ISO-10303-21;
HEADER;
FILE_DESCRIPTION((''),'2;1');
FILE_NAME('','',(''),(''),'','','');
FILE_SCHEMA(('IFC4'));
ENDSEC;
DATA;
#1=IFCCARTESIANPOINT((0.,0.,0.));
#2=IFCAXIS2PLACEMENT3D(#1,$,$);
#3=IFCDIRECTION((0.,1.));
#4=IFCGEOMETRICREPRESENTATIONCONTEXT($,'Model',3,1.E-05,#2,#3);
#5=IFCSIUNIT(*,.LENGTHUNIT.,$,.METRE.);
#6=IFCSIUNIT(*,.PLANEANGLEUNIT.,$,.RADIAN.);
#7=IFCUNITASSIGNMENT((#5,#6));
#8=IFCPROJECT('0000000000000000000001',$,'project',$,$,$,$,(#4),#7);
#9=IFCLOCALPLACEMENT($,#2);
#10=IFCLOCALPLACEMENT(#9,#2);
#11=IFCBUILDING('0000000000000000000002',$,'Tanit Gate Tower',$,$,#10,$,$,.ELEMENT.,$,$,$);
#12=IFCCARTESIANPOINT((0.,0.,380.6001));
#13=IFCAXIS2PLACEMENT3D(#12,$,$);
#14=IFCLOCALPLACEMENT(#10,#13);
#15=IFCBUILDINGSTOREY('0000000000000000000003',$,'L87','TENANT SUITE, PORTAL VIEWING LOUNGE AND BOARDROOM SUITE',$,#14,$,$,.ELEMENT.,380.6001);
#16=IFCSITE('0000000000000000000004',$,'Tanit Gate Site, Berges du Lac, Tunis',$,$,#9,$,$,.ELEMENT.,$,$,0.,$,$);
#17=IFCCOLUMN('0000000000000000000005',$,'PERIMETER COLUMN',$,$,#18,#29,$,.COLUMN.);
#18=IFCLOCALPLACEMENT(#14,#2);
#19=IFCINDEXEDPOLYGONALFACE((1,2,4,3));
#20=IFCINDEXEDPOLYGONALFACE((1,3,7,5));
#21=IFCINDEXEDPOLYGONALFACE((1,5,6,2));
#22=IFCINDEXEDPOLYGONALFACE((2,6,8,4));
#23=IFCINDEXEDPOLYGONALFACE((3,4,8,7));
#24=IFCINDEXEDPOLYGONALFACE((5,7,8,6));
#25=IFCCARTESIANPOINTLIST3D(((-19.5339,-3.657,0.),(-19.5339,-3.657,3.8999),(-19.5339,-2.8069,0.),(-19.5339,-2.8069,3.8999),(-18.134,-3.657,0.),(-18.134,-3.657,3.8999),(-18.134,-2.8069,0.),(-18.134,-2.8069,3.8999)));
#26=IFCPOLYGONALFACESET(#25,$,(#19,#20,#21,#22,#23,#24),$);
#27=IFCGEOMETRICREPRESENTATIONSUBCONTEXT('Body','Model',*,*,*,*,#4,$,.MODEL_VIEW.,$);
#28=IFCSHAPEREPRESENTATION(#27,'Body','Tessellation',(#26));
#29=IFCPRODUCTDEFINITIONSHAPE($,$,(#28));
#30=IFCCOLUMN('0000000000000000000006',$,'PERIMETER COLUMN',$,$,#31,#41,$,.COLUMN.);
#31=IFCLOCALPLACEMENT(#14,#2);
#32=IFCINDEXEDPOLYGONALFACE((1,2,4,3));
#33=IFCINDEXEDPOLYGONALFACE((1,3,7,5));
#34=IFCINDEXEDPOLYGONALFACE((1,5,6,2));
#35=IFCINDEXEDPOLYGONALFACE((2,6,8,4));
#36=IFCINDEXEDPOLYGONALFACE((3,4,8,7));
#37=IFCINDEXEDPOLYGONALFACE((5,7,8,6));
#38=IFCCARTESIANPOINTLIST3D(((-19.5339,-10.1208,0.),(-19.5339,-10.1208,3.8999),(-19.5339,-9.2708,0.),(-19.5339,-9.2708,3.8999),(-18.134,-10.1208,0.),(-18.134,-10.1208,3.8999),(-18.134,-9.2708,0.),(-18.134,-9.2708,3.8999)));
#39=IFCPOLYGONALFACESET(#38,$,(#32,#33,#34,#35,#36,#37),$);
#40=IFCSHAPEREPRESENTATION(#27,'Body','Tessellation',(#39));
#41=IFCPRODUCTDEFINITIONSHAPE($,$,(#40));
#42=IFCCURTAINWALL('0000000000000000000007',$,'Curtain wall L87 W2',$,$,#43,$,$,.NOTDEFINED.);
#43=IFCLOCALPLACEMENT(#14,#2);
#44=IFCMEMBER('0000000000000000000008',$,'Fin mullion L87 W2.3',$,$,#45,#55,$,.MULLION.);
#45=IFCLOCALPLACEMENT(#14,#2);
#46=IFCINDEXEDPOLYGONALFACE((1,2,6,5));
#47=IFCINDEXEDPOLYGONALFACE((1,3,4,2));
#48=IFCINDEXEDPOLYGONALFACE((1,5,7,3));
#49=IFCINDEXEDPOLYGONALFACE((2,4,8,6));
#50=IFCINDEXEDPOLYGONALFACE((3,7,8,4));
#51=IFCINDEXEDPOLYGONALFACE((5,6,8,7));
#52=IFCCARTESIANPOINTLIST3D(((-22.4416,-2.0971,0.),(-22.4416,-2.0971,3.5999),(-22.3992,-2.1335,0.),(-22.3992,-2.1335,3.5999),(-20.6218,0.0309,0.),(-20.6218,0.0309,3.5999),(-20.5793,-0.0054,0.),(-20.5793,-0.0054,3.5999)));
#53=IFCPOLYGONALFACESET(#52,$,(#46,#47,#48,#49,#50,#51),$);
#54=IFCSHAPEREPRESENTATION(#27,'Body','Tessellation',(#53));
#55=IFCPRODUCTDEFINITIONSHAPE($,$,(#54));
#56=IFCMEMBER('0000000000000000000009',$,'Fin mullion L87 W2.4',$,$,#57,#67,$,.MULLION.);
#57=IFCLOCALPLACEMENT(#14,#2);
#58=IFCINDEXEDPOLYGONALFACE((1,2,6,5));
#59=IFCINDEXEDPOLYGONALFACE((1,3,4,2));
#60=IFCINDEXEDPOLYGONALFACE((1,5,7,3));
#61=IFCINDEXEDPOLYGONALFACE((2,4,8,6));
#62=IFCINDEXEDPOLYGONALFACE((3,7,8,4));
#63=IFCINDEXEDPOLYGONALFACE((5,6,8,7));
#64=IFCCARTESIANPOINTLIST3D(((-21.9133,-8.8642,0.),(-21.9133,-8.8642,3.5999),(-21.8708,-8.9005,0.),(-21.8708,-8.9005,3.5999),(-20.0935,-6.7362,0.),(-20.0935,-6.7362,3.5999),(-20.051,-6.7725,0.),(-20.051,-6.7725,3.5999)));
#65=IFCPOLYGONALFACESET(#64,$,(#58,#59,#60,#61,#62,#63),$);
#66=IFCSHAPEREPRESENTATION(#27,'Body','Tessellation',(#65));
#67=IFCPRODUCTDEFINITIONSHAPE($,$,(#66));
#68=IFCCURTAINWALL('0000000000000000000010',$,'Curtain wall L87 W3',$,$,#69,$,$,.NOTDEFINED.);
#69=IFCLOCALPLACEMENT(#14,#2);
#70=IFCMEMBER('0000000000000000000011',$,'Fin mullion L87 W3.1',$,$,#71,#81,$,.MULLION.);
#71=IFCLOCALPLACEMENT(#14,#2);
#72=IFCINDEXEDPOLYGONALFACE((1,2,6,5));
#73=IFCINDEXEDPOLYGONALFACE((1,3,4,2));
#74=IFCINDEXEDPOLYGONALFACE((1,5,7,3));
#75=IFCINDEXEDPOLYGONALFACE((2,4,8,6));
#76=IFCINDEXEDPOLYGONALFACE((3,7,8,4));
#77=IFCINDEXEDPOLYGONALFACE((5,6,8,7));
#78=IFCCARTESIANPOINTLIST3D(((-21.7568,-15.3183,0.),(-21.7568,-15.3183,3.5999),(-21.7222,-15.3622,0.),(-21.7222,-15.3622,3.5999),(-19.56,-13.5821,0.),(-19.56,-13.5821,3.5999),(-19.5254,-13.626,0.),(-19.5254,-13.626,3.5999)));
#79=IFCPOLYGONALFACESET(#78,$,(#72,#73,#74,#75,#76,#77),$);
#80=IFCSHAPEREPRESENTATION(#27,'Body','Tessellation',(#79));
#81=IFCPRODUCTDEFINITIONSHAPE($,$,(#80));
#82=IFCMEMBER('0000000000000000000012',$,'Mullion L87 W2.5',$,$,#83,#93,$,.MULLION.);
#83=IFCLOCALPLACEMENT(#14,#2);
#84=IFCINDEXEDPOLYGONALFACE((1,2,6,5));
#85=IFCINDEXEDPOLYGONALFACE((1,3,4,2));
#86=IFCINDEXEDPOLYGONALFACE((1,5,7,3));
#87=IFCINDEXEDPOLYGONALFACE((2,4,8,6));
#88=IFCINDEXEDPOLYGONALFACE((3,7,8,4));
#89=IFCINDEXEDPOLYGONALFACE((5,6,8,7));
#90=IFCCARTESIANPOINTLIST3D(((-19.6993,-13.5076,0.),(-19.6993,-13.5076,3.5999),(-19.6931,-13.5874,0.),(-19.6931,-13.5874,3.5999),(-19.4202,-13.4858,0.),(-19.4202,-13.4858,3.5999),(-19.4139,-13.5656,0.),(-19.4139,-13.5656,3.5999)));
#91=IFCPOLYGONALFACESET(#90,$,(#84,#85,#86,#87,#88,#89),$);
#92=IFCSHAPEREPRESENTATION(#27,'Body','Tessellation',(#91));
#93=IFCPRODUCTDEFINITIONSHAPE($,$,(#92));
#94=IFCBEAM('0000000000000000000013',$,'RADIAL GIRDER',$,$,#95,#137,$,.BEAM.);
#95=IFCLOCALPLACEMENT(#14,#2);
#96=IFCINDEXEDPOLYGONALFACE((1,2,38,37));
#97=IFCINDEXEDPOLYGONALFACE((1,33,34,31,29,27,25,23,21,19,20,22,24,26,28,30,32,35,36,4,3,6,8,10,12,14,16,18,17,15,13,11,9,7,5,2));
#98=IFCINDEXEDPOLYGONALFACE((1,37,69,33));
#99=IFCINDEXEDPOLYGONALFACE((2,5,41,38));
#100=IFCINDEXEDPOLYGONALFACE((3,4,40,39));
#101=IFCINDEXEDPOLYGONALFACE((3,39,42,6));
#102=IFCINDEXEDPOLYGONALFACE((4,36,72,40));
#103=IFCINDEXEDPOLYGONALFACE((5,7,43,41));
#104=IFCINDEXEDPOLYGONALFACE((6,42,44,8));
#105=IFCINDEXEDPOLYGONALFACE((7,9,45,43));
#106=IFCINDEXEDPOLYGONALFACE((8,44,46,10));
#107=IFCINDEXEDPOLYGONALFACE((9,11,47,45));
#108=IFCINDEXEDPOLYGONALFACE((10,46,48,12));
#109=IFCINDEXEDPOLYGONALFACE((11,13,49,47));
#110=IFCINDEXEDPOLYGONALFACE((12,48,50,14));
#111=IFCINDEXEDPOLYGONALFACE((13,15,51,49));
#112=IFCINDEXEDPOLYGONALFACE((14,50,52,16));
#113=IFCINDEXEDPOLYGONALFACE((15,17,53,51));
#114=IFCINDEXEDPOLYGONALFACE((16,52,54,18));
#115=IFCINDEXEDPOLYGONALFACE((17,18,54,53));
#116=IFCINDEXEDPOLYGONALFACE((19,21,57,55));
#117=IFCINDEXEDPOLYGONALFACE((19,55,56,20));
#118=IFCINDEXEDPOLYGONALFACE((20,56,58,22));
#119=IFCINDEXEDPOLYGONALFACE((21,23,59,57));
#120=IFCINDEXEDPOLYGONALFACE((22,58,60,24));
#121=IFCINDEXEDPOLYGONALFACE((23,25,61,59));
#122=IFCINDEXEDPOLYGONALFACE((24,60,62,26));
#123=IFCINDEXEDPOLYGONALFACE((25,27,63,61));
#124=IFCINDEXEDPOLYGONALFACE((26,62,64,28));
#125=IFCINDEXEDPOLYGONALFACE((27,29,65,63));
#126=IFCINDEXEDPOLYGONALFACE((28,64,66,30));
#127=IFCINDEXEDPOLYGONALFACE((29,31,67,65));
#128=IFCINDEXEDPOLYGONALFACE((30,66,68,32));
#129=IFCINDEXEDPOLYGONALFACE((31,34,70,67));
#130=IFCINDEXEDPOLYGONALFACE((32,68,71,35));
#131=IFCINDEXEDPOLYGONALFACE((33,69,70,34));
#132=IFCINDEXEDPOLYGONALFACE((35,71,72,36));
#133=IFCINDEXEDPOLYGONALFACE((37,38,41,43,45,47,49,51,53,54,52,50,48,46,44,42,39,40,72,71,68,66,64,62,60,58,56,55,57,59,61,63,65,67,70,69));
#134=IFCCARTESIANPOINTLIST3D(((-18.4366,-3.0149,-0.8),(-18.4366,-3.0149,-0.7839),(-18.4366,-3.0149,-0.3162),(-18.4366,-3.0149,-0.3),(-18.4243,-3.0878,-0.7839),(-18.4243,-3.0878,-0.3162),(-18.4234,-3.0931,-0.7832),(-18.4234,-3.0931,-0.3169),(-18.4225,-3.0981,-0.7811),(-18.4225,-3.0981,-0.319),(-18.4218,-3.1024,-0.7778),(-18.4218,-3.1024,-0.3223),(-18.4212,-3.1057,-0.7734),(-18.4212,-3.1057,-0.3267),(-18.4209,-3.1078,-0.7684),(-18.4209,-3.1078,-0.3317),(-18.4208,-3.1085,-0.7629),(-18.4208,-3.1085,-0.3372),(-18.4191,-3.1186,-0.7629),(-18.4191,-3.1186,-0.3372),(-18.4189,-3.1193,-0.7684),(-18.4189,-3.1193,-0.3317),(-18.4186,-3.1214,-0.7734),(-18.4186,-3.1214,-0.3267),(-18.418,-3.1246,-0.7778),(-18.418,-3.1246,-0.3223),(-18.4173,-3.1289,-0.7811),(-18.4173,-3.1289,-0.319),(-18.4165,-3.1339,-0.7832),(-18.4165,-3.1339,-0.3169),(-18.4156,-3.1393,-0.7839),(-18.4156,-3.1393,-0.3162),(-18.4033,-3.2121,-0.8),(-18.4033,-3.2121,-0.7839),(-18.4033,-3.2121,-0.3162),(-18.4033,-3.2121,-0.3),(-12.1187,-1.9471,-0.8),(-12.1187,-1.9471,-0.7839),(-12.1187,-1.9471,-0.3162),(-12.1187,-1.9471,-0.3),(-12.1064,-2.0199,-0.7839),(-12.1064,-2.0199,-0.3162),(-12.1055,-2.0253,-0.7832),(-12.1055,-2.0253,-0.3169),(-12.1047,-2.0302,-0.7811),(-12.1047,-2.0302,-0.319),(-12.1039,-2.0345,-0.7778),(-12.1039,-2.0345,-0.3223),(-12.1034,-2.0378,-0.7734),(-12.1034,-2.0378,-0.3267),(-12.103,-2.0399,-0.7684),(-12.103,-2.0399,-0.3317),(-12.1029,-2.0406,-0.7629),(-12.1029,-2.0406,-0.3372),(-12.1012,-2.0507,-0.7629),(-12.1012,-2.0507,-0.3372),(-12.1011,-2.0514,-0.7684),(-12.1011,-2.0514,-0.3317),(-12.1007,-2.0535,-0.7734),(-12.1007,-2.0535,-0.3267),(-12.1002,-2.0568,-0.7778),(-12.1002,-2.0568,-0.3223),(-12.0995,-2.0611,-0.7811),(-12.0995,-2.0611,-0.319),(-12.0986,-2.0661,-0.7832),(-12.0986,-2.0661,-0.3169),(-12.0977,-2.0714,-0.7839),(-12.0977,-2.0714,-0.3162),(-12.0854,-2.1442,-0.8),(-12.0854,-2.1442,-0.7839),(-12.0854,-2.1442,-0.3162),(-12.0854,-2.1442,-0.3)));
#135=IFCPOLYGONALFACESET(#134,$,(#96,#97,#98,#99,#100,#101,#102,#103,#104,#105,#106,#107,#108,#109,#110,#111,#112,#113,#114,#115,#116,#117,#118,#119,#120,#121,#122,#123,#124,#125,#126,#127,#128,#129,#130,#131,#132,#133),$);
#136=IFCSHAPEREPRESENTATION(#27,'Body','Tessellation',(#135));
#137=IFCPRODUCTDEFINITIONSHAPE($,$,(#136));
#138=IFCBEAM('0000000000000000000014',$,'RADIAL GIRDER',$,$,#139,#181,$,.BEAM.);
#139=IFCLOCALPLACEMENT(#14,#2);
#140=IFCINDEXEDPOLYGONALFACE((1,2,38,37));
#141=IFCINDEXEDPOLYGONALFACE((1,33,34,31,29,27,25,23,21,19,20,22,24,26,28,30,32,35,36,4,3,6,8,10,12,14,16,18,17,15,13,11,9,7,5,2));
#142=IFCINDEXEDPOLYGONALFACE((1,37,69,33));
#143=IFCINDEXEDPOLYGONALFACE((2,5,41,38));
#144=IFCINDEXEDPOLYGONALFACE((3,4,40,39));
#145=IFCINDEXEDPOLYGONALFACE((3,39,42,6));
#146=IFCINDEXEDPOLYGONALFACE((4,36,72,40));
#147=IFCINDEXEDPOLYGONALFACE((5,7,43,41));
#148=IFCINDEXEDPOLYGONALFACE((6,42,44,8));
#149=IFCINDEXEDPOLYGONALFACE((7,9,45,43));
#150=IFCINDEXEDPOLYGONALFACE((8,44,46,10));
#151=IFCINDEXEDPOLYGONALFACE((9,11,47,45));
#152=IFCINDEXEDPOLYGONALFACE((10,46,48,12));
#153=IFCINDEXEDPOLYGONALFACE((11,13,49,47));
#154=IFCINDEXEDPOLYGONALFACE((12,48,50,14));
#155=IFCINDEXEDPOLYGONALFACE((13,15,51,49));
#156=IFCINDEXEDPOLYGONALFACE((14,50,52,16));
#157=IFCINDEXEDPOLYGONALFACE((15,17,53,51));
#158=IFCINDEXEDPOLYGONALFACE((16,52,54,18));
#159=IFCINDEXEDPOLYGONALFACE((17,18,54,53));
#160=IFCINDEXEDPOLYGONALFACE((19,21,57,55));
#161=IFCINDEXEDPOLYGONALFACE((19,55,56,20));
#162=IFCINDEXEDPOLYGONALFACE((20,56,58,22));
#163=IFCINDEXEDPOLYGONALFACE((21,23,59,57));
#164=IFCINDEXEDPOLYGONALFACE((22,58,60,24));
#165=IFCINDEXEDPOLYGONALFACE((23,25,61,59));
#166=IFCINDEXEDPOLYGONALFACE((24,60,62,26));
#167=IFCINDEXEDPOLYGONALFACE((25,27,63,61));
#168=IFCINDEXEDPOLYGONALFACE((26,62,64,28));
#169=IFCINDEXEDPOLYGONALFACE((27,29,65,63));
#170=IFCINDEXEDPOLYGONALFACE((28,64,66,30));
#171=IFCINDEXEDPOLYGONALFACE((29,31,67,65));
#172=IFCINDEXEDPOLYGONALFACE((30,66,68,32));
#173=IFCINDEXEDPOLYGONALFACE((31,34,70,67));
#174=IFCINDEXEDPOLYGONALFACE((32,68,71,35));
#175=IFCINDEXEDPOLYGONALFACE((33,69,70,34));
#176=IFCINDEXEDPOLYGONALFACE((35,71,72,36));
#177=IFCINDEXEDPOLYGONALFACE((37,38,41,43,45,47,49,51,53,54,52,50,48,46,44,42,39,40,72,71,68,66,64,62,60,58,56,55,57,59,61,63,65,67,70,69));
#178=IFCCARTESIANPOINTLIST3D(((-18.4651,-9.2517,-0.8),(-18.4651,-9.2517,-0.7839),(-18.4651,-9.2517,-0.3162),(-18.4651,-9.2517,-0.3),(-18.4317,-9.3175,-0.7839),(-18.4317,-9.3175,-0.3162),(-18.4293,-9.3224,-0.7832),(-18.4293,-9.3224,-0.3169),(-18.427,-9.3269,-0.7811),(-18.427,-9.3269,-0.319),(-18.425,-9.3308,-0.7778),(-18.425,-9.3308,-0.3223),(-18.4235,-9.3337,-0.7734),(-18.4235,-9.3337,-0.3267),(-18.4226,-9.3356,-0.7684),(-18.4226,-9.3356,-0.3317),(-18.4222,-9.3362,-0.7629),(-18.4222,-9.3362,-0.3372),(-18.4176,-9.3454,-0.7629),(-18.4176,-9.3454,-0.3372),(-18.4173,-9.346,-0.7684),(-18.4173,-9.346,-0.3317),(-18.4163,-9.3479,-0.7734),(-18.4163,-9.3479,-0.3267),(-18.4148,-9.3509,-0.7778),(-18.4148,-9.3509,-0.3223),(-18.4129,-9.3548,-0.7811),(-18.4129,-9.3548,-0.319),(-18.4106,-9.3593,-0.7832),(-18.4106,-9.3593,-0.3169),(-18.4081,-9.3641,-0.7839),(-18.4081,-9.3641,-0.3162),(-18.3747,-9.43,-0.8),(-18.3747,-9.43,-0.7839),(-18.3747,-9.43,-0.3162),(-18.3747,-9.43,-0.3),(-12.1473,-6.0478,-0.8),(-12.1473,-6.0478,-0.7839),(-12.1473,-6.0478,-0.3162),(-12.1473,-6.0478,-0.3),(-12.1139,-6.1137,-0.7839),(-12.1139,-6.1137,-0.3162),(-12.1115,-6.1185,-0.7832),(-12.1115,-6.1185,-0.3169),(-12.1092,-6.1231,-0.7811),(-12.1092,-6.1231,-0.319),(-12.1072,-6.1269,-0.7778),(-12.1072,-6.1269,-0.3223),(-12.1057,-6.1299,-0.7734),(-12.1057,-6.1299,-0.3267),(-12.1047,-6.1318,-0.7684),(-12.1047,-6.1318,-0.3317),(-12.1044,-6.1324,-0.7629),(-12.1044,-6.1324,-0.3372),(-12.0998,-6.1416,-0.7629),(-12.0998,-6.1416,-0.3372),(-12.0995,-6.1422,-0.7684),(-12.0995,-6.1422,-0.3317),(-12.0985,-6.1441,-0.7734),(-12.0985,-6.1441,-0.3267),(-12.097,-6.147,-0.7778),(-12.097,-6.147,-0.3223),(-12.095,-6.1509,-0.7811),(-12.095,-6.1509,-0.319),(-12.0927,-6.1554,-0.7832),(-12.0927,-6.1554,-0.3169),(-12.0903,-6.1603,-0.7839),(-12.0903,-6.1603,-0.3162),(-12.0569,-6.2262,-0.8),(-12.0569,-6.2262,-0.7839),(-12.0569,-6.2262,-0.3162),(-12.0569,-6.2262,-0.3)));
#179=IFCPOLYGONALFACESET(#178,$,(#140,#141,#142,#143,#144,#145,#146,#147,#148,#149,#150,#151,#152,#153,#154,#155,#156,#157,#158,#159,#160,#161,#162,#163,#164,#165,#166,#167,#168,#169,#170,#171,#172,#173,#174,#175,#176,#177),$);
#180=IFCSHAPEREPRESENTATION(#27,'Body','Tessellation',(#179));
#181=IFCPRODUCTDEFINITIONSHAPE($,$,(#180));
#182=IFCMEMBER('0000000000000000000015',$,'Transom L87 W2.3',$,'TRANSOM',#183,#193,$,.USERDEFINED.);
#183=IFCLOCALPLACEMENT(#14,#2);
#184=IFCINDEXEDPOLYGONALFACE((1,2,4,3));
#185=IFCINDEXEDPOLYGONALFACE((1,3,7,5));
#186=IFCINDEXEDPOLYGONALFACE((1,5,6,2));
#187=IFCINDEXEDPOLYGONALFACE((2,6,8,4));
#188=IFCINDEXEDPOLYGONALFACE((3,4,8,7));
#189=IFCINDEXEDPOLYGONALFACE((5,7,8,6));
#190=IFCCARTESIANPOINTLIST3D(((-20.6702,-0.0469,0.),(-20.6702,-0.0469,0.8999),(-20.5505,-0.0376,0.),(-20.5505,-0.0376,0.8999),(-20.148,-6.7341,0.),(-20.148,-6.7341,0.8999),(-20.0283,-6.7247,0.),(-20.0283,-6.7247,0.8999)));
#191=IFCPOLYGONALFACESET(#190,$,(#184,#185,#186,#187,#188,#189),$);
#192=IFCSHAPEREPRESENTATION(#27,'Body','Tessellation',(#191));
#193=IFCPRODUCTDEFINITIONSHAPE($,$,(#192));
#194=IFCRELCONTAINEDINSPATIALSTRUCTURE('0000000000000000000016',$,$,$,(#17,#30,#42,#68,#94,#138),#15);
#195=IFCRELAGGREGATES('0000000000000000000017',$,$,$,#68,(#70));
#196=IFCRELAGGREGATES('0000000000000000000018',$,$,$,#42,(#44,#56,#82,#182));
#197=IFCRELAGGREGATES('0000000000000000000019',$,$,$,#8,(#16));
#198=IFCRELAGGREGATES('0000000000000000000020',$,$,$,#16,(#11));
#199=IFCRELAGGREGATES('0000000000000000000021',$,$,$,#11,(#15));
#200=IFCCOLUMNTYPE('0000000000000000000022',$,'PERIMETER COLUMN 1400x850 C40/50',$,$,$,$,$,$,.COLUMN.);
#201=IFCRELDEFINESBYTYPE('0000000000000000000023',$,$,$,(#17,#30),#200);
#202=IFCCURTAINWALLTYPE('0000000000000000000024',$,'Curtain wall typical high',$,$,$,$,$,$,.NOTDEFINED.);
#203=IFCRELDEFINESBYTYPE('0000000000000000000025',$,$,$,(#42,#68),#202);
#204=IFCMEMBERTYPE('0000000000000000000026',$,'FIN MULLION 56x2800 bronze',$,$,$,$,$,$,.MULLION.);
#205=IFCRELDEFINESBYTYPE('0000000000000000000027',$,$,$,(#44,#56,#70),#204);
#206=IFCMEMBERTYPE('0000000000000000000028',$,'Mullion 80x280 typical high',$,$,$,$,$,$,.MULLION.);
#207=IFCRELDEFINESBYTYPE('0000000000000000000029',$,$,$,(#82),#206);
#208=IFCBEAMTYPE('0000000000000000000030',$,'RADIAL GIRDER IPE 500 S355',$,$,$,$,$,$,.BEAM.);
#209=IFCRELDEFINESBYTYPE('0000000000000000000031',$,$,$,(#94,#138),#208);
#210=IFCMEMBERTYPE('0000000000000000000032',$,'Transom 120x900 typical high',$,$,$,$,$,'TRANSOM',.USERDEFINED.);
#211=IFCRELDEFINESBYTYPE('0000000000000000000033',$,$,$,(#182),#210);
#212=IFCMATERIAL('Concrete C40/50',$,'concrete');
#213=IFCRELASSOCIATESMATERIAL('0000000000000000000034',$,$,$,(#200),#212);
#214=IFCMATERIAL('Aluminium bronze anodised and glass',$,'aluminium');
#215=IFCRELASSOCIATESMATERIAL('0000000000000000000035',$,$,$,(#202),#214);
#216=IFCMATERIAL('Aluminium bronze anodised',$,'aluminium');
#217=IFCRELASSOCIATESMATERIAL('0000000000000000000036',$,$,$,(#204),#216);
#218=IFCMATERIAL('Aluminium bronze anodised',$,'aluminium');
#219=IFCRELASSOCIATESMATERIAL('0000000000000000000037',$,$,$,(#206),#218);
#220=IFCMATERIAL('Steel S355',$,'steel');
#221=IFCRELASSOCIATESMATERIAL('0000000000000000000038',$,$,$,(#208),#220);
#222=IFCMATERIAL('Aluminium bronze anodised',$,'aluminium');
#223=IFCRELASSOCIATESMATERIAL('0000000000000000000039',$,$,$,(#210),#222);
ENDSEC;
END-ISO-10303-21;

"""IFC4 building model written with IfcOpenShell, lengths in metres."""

from ifc_helpers import new_model, si_unit, direction, frame, origin, origin_2d, place, context, subcontext, project, spatial, rectangle, i_section, extrude, material, material_profile, profile_set, type_object, element, aggregate, save


model = new_model("IFC4")

# Units and contexts
model_context = context("Model", 3, precision=1e-05, world=origin(), true_north=direction((0.0, 1.0)))
body_context = subcontext(model_context, "Body", "Model", "MODEL_VIEW")
ifc_project = project(units=[si_unit("LENGTHUNIT", "METRE"), si_unit("PLANEANGLEUNIT", "RADIAN")], contexts=[model_context])

# Site, building, storey
site_placement = place(None, origin())
site = spatial("IfcSite", under=ifc_project, at=site_placement, Name="Tanit Gate Site, Berges du Lac, Tunis", CompositionType="ELEMENT", RefElevation=0.0)
building_placement = place(site_placement, origin())
building = spatial("IfcBuilding", under=site, at=building_placement, Name="Tanit Gate Tower", CompositionType="ELEMENT")
storey_placement = place(building_placement, frame((0.0, 0.0, 380.6001)))
storey = spatial("IfcBuildingStorey", under=building, at=storey_placement, Name="L87", Description="TENANT SUITE, PORTAL VIEWING LOUNGE AND BOARDROOM SUITE", CompositionType="ELEMENT", Elevation=380.6001)

# Columns
ifc_material_1 = material(Name="Concrete C40/50", Category="concrete")
ifc_material_profile_1 = material_profile(ifc_material_1, rectangle(XDim=1.3999, YDim=0.8501, at=origin_2d()), Name="RC 1400x850")
ifc_profile_set_1 = profile_set([ifc_material_profile_1], Name="Concrete C40/50")
column_type = type_object("IfcColumnType", Name="PERIMETER COLUMN 1400x850 C40/50", PredefinedType="COLUMN", material=ifc_profile_set_1)
for number, where, z_axis, x_axis, name in (
    (1, (-18.834, -3.2319, 0.0), (0.0, 0.0, 1.0), (-1.0, 0.0, 0.0), "PERIMETER COLUMN"),
    (2, (-18.834, -9.6958, 0.0), (0.0, 0.0, 1.0), (-1.0, 0.0, 0.0), "PERIMETER COLUMN"),
):
    element("IfcColumn", number, at=place(storey_placement, frame(where, z_axis=z_axis, x_axis=x_axis)), inside=storey, type_object=column_type, Name=name, PredefinedType="COLUMN", context=body_context, shape_type="SweptSolid", body=[
        extrude(rectangle(XDim=1.3999, YDim=0.8501, at=origin_2d()), origin(), (0.0, 0.0, 1.0), 3.8999),
    ])

# Curtain wall, members
ifc_material_2 = material(Name="Aluminium bronze anodised and glass", Category="aluminium")
curtain_wall_type = type_object("IfcCurtainWallType", Name="Curtain wall typical high", PredefinedType="NOTDEFINED", material=ifc_material_2)
curtain_wall_1_placement = place(storey_placement, origin())
curtain_wall_1 = element("IfcCurtainWall", 3, at=curtain_wall_1_placement, inside=storey, type_object=curtain_wall_type, Name="Curtain wall L87 W2", PredefinedType="NOTDEFINED")
ifc_material_3 = material(Name="Aluminium bronze anodised", Category="aluminium")
ifc_material_profile_2 = material_profile(ifc_material_3, rectangle(XDim=2.8, YDim=0.0559, at=origin_2d()), Name="56x2800 bronze fin mullion")
ifc_profile_set_2 = profile_set([ifc_material_profile_2], Name="Aluminium bronze anodised")
member_type_1 = type_object("IfcMemberType", Name="FIN MULLION 56x2800 bronze", PredefinedType="MULLION", material=ifc_profile_set_2)
member_1_placement = place(storey_placement, frame((-21.5105, -1.0513, 0.0), z_axis=(0.0, 0.0, 1.0), x_axis=(0.649921, 0.760002, 0.0)))
member_1 = element("IfcMember", 4, at=member_1_placement, type_object=member_type_1, Name="Fin mullion L87 W2.3", PredefinedType="MULLION", context=body_context, shape_type="SweptSolid", body=[
    extrude(rectangle(XDim=2.8, YDim=0.0559, at=origin_2d()), origin(), (0.0, 0.0, 1.0), 3.5999),
])
member_2_placement = place(storey_placement, frame((-20.9822, -7.8184, 0.0), z_axis=(0.0, 0.0, 1.0), x_axis=(0.649921, 0.760002, 0.0)))
member_2 = element("IfcMember", 5, at=member_2_placement, type_object=member_type_1, Name="Fin mullion L87 W2.4", PredefinedType="MULLION", context=body_context, shape_type="SweptSolid", body=[
    extrude(rectangle(XDim=2.8, YDim=0.0559, at=origin_2d()), origin(), (0.0, 0.0, 1.0), 3.5999),
])

# Curtain wall, member
curtain_wall_2_placement = place(storey_placement, origin())
curtain_wall_2 = element("IfcCurtainWall", 6, at=curtain_wall_2_placement, inside=storey, type_object=curtain_wall_type, Name="Curtain wall L87 W3", PredefinedType="NOTDEFINED")
member_3_placement = place(storey_placement, frame((-20.6411, -14.4722, 0.0), z_axis=(0.0, 0.0, 1.0), x_axis=(0.784556, 0.620058, 0.0)))
member_3 = element("IfcMember", 7, at=member_3_placement, type_object=member_type_1, Name="Fin mullion L87 W3.1", PredefinedType="MULLION", context=body_context, shape_type="SweptSolid", body=[
    extrude(rectangle(XDim=2.8, YDim=0.0559, at=origin_2d()), origin(), (0.0, 0.0, 1.0), 3.5999),
])

# Member
ifc_material_4 = material(Name="Aluminium bronze anodised", Category="aluminium")
ifc_material_profile_3 = material_profile(ifc_material_4, rectangle(XDim=0.28, YDim=0.0801, at=origin_2d()), Name="80x280 bronze mullion")
ifc_profile_set_3 = profile_set([ifc_material_profile_3], Name="Aluminium bronze anodised")
member_type_2 = type_object("IfcMemberType", Name="Mullion 80x280 typical high", PredefinedType="MULLION", material=ifc_profile_set_3)
member_4_placement = place(storey_placement, frame((-19.5566, -13.5366, 0.0), z_axis=(0.0, 0.0, 1.0), x_axis=(0.996966, 0.077839, 0.0)))
member_4 = element("IfcMember", 8, at=member_4_placement, type_object=member_type_2, Name="Mullion L87 W2.5", PredefinedType="MULLION", context=body_context, shape_type="SweptSolid", body=[
    extrude(rectangle(XDim=0.28, YDim=0.0801, at=origin_2d()), origin(), (0.0, 0.0, 1.0), 3.5999),
])

# Beams
ifc_material_5 = material(Name="Steel S355", Category="steel")
ifc_material_profile_4 = material_profile(ifc_material_5, i_section(OverallWidth=0.2, OverallDepth=0.5, WebThickness=0.0103, FlangeThickness=0.0161, FilletRadius=0.021, at=origin_2d()), Name="IPE 500")
ifc_profile_set_4 = profile_set([ifc_material_profile_4], Name="Steel S355")
beam_type = type_object("IfcBeamType", Name="RADIAL GIRDER IPE 500 S355", PredefinedType="BEAM", material=ifc_profile_set_4)
beam_1_placement = place(storey_placement, frame((-18.4199, -3.1135, -0.55), z_axis=(0.986014, 0.16666, 0.0), x_axis=(-0.16666, 0.986014, 0.0)))
element("IfcBeam", 9, at=beam_1_placement, inside=storey, type_object=beam_type, Name="RADIAL GIRDER", PredefinedType="BEAM", context=body_context, shape_type="SweptSolid", body=[
    extrude(i_section(OverallWidth=0.2, OverallDepth=0.5, WebThickness=0.0103, FlangeThickness=0.0161, FilletRadius=0.021, at=origin_2d()), origin(), (0.0, 0.0, 1.0), 6.4075),
])
beam_2_placement = place(storey_placement, frame((-18.4199, -9.3408, -0.55), z_axis=(0.891876, 0.45228, 0.0), x_axis=(-0.45228, 0.891876, 0.0)))
element("IfcBeam", 10, at=beam_2_placement, inside=storey, type_object=beam_type, Name="RADIAL GIRDER", PredefinedType="BEAM", context=body_context, shape_type="SweptSolid", body=[
    extrude(i_section(OverallWidth=0.2, OverallDepth=0.5, WebThickness=0.0103, FlangeThickness=0.0161, FilletRadius=0.021, at=origin_2d()), origin(), (0.0, 0.0, 1.0), 7.0837),
])

# Member
ifc_material_6 = material(Name="Aluminium bronze anodised", Category="aluminium")
ifc_material_profile_5 = material_profile(ifc_material_6, rectangle(XDim=0.1201, YDim=0.8999, at=origin_2d()), Name="120x900 bronze transom")
ifc_profile_set_5 = profile_set([ifc_material_profile_5], Name="Aluminium bronze anodised")
member_type_3 = type_object("IfcMemberType", Name="Transom 120x900 typical high", ElementType="TRANSOM", PredefinedType="USERDEFINED", material=ifc_profile_set_5)
member_5_placement = place(storey_placement, frame((-20.6104, -0.0422, 0.45), z_axis=(0.077854, -0.996965, 0.0), x_axis=(0.996965, 0.077854, 0.0)))
member_5 = element("IfcMember", 11, at=member_5_placement, type_object=member_type_3, Name="Transom L87 W2.3", ObjectType="TRANSOM", PredefinedType="USERDEFINED", context=body_context, shape_type="SweptSolid", body=[
    extrude(rectangle(XDim=0.1201, YDim=0.8999, at=origin_2d()), origin(), (0.0, 0.0, 1.0), 6.7075),
])
aggregate(curtain_wall_2, [member_3])

aggregate(curtain_wall_1, [member_1, member_2, member_4, member_5])

save(model, "model.ifc")
